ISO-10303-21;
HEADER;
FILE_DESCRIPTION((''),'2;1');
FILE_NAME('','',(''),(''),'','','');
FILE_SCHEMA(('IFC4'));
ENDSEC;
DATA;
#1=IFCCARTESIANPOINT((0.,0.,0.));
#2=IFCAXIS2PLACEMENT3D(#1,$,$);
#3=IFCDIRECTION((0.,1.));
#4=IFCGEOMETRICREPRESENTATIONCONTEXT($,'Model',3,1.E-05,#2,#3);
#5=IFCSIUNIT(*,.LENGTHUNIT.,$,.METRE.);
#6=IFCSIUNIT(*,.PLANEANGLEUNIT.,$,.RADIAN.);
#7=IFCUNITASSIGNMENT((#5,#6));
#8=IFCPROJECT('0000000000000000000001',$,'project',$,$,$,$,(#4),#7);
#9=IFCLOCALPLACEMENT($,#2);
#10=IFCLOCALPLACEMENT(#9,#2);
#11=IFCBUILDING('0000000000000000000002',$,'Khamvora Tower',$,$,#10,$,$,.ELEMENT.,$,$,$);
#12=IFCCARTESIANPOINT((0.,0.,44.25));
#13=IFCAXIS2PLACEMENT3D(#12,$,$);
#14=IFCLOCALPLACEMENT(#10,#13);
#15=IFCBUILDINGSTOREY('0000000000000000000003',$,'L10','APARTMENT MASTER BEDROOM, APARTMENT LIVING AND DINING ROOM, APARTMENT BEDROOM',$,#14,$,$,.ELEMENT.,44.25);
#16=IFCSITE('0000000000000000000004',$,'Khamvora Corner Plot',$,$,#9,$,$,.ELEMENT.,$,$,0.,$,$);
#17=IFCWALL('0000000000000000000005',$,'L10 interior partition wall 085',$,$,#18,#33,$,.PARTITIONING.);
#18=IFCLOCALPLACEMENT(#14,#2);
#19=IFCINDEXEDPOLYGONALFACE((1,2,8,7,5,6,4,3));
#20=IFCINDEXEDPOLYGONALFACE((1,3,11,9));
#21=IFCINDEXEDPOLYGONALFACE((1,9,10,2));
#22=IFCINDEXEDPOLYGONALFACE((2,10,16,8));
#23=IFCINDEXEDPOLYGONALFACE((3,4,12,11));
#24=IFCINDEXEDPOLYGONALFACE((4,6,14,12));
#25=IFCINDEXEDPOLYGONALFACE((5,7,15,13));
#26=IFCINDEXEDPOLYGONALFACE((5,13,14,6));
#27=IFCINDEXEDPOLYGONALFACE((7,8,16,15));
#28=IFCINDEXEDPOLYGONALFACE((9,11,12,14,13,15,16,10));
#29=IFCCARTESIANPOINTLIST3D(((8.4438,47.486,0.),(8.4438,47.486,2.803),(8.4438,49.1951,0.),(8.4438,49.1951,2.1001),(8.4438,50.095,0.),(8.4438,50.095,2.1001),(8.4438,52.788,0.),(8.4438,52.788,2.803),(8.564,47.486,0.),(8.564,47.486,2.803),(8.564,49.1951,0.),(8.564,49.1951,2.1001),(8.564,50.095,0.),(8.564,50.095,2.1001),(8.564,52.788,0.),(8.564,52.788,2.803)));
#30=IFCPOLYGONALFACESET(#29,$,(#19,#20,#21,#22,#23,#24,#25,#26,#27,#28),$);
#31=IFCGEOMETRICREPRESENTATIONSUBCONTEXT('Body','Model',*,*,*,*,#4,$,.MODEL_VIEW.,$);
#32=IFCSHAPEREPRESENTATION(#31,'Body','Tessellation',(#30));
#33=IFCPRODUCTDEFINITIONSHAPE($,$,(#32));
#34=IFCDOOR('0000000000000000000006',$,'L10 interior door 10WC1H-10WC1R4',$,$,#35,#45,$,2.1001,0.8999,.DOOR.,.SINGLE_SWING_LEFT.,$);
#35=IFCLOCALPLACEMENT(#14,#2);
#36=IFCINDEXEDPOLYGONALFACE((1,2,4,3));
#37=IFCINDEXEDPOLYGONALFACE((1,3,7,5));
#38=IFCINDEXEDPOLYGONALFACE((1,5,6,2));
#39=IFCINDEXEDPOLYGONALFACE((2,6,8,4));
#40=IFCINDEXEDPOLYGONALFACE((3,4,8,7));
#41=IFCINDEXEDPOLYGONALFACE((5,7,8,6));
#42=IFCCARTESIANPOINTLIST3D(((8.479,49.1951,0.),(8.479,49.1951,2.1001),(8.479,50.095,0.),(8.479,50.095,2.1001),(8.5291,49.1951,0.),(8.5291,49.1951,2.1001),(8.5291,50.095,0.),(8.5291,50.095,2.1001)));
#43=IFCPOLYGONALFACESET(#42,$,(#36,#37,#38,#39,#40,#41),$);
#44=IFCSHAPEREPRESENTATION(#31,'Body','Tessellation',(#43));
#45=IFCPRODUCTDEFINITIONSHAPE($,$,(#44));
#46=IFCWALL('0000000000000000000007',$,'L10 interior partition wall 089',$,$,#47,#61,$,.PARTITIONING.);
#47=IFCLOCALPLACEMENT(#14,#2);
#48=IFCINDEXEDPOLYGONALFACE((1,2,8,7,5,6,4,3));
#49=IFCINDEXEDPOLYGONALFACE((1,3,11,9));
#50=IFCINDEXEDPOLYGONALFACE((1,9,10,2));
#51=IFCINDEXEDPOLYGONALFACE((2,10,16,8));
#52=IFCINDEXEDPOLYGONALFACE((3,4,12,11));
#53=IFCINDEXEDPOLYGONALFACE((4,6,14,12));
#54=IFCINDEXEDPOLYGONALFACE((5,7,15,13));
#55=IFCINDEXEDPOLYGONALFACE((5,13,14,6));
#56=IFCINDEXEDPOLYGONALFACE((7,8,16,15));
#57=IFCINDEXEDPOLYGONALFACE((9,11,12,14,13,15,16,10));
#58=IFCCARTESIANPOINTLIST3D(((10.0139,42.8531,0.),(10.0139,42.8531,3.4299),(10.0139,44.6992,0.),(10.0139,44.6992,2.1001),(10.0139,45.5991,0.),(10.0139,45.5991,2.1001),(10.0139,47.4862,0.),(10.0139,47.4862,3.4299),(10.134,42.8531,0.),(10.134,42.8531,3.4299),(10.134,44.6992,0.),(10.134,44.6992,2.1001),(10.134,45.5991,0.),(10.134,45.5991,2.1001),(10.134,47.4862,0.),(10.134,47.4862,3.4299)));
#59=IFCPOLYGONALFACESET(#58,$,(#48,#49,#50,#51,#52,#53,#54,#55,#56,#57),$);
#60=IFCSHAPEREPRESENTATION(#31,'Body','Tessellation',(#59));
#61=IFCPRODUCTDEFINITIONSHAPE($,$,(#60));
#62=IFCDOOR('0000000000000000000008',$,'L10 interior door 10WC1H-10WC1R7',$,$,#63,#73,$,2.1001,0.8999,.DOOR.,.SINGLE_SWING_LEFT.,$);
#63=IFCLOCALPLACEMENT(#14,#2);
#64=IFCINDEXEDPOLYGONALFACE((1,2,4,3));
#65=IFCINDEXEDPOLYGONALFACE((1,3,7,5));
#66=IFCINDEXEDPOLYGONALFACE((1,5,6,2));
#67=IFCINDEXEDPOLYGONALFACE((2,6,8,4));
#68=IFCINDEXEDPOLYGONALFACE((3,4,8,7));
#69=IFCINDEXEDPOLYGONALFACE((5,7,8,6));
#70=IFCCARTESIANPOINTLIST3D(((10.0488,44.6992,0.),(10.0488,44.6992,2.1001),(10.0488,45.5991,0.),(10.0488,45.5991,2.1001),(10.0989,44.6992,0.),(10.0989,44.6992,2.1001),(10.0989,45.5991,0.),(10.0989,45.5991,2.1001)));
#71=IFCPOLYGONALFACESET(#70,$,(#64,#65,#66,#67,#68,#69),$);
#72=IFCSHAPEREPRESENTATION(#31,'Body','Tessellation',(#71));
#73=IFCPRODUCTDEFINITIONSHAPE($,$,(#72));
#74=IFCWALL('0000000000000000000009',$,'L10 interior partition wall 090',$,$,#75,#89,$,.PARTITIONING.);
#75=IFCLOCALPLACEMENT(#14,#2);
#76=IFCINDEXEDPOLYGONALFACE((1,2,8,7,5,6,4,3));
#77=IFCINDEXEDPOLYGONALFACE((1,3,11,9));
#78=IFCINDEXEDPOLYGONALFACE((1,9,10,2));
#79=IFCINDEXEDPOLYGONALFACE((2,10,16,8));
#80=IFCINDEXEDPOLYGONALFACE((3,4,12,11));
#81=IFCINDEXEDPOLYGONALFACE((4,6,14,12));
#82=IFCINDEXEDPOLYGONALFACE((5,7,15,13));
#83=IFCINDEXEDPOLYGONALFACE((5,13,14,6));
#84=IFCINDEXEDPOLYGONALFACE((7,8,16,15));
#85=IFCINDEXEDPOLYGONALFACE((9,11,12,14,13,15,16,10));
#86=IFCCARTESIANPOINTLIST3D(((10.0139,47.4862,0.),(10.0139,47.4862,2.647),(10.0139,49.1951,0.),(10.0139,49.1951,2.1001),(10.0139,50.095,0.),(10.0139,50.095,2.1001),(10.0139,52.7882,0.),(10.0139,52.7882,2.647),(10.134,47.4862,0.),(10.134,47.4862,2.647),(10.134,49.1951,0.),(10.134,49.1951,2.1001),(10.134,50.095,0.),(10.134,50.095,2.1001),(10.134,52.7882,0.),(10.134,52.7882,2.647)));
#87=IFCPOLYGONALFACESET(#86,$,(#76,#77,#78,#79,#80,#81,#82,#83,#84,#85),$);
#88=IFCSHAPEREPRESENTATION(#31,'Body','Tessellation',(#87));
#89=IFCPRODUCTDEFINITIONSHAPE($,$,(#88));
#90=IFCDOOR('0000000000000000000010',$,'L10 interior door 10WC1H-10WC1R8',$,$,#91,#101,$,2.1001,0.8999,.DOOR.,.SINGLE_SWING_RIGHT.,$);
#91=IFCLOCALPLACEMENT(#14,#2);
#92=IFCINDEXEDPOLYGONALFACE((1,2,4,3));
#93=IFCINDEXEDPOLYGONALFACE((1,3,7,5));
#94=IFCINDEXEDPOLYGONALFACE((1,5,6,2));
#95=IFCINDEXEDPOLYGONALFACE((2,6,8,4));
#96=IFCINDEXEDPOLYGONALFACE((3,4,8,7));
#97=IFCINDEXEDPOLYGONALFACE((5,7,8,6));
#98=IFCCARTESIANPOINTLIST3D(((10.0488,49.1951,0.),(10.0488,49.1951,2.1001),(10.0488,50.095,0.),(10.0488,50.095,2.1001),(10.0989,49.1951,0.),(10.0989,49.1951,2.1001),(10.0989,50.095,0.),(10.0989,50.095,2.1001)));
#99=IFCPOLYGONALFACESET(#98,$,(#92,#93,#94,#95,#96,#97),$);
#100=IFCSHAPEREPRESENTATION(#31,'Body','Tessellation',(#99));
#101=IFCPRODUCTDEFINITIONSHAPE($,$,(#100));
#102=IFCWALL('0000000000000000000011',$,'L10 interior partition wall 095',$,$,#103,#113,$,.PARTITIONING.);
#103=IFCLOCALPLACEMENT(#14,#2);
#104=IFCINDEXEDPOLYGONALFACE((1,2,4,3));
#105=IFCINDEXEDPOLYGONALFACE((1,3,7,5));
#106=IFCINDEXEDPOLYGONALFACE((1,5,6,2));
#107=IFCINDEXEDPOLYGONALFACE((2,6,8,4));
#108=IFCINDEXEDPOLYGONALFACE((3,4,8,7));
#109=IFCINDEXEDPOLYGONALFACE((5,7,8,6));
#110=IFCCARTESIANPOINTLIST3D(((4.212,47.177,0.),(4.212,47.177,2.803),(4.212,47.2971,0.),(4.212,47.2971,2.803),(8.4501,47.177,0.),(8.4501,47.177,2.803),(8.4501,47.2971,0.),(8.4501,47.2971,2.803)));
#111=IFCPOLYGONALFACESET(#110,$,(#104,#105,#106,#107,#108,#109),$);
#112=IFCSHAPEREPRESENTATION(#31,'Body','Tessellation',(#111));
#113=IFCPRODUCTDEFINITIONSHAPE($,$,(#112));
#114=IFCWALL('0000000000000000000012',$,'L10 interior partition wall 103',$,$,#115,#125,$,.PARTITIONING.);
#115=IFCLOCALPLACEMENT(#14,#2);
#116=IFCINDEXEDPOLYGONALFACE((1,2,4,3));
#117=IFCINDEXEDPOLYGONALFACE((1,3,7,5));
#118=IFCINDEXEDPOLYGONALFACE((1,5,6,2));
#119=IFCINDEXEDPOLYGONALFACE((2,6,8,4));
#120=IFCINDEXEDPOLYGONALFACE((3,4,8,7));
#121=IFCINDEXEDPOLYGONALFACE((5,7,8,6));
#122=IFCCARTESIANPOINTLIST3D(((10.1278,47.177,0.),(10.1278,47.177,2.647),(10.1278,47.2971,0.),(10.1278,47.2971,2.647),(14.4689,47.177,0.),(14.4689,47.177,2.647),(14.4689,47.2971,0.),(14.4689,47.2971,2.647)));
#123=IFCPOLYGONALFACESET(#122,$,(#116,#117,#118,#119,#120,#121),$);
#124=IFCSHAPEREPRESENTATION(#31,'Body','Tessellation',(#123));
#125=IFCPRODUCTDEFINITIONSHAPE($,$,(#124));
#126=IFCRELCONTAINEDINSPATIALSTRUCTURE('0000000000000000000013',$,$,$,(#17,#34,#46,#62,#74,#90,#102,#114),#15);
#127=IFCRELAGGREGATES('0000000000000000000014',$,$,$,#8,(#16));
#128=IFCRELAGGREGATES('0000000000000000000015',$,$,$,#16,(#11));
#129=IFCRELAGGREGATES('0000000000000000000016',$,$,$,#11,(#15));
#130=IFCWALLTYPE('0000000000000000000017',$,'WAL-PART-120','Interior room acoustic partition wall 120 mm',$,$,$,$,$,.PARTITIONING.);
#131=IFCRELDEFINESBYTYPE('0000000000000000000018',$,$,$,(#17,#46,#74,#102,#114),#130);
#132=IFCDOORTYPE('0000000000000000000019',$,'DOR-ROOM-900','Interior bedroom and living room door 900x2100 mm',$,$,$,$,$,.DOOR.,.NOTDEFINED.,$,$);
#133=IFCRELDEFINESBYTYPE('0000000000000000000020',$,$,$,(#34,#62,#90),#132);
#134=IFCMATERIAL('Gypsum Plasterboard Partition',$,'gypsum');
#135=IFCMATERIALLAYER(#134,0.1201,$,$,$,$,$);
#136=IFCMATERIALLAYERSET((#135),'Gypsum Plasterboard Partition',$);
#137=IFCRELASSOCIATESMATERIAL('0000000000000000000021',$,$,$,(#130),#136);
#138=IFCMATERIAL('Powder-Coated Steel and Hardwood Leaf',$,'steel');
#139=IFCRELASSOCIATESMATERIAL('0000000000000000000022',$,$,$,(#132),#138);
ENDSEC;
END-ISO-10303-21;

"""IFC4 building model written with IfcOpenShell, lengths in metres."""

from ifc_helpers import new_model, si_unit, direction, frame, frame_2d, origin, place, context, subcontext, project, spatial, rectangle, extrude, material, layer, layer_set, type_object, element, fill, save


model = new_model("IFC4")

# Units and contexts
model_context = context("Model", 3, precision=1e-05, world=origin(), true_north=direction((0.0, 1.0)))
body_context = subcontext(model_context, "Body", "Model", "MODEL_VIEW")
ifc_project = project(units=[si_unit("LENGTHUNIT", "METRE"), si_unit("PLANEANGLEUNIT", "RADIAN")], contexts=[model_context])

# Site, building, storey
site_placement = place(None, origin())
site = spatial("IfcSite", under=ifc_project, at=site_placement, Name="Khamvora Corner Plot", CompositionType="ELEMENT", RefElevation=0.0)
building_placement = place(site_placement, origin())
building = spatial("IfcBuilding", under=site, at=building_placement, Name="Khamvora Tower", CompositionType="ELEMENT")
storey_placement = place(building_placement, frame((0.0, 0.0, 44.25)))
storey = spatial("IfcBuildingStorey", under=building, at=storey_placement, Name="L10", Description="APARTMENT MASTER BEDROOM, APARTMENT LIVING AND DINING ROOM, APARTMENT BEDROOM", CompositionType="ELEMENT", Elevation=44.25)

# Walls, openings, doors
ifc_material_1 = material(Name="Gypsum Plasterboard Partition", Category="gypsum")
ifc_layer_1 = layer(ifc_material_1, 0.1201)
ifc_layer_set_1 = layer_set([ifc_layer_1], Name="Gypsum Plasterboard Partition")
wall_type_1 = type_object("IfcWallType", Name="WAL-PART-120", Description="Interior room acoustic partition wall 120 mm", PredefinedType="PARTITIONING", material=ifc_layer_set_1)
wall_1_placement = place(storey_placement, frame((8.5039, 47.4861, 0.0), z_axis=(0.0, 0.0, 1.0), x_axis=(0.0, 1.0, 0.0)))
wall_1 = element("IfcWall", 1, at=wall_1_placement, inside=storey, type_object=wall_type_1, Name="L10 interior partition wall 085", PredefinedType="PARTITIONING", context=body_context, shape_type="SweptSolid", body=[
    extrude(rectangle(XDim=5.302, YDim=0.1201, at=frame_2d((2.6509, 0.0))), origin(), (0.0, 0.0, 1.0), 2.803),
])
opening_1_placement = place(wall_1_placement, frame((1.709, 0.0, 0.0)))
opening_1 = element("IfcOpeningElement", 2, at=opening_1_placement, cuts=wall_1, PredefinedType="OPENING", context=body_context, shape_type="SweptSolid", body=[
    extrude(rectangle(XDim=0.8999, YDim=2.1001, at=frame_2d((0.45, 1.05))), frame((0.0, 0.0701, 0.0), z_axis=(0.0, -1.0, 0.0), x_axis=(1.0, 0.0, 0.0)), (0.0, 0.0, 1.0), 0.1401),
])
ifc_material_2 = material(Name="Powder-Coated Steel and Hardwood Leaf", Category="steel")
door_type = type_object("IfcDoorType", Name="DOR-ROOM-900", Description="Interior bedroom and living room door 900x2100 mm", OperationType="NOTDEFINED", PredefinedType="DOOR", material=ifc_material_2)
door_1_placement = place(opening_1_placement, origin())
door_1 = element("IfcDoor", 3, at=door_1_placement, inside=storey, type_object=door_type, Name="L10 interior door 10WC1H-10WC1R4", OperationType="SINGLE_SWING_LEFT", OverallHeight=2.1001, OverallWidth=0.8999, PredefinedType="DOOR", context=body_context, shape_type="SweptSolid", body=[
    extrude(rectangle(XDim=0.8999, YDim=2.1001, at=frame_2d((0.45, 1.05))), frame((0.0, 0.0249, 0.0), z_axis=(0.0, -1.0, 0.0), x_axis=(1.0, 0.0, 0.0)), (0.0, 0.0, 1.0), 0.05),
])
fill(opening_1, door_1)
wall_2_placement = place(storey_placement, frame((10.074, 47.4861, 0.0), z_axis=(0.0, 0.0, 1.0), x_axis=(0.0, -1.0, 0.0)))
wall_2 = element("IfcWall", 4, at=wall_2_placement, inside=storey, type_object=wall_type_1, Name="L10 interior partition wall 089", PredefinedType="PARTITIONING", context=body_context, shape_type="SweptSolid", body=[
    extrude(rectangle(XDim=4.6331, YDim=0.1201, at=frame_2d((2.3164, 0.0))), origin(), (0.0, 0.0, 1.0), 3.4299),
])
opening_2_placement = place(wall_2_placement, frame((1.887, 0.0, 0.0)))
opening_2 = element("IfcOpeningElement", 5, at=opening_2_placement, cuts=wall_2, PredefinedType="OPENING", context=body_context, shape_type="SweptSolid", body=[
    extrude(rectangle(XDim=0.8999, YDim=2.1001, at=frame_2d((0.45, 1.05))), frame((0.0, 0.0701, 0.0), z_axis=(0.0, -1.0, 0.0), x_axis=(1.0, 0.0, 0.0)), (0.0, 0.0, 1.0), 0.1401),
])
door_2_placement = place(opening_2_placement, origin())
door_2 = element("IfcDoor", 6, at=door_2_placement, inside=storey, type_object=door_type, Name="L10 interior door 10WC1H-10WC1R7", OperationType="SINGLE_SWING_LEFT", OverallHeight=2.1001, OverallWidth=0.8999, PredefinedType="DOOR", context=body_context, shape_type="SweptSolid", body=[
    extrude(rectangle(XDim=0.8999, YDim=2.1001, at=frame_2d((0.45, 1.05))), frame((0.0, 0.0249, 0.0), z_axis=(0.0, -1.0, 0.0), x_axis=(1.0, 0.0, 0.0)), (0.0, 0.0, 1.0), 0.05),
])
fill(opening_2, door_2)
wall_3_placement = place(storey_placement, frame((10.074, 52.7881, 0.0), z_axis=(0.0, 0.0, 1.0), x_axis=(0.0, -1.0, 0.0)))
wall_3 = element("IfcWall", 7, at=wall_3_placement, inside=storey, type_object=wall_type_1, Name="L10 interior partition wall 090", PredefinedType="PARTITIONING", context=body_context, shape_type="SweptSolid", body=[
    extrude(rectangle(XDim=5.302, YDim=0.1201, at=frame_2d((2.6509, 0.0))), origin(), (0.0, 0.0, 1.0), 2.647),
])
opening_3_placement = place(wall_3_placement, frame((2.6931, 0.0, 0.0)))
opening_3 = element("IfcOpeningElement", 8, at=opening_3_placement, cuts=wall_3, PredefinedType="OPENING", context=body_context, shape_type="SweptSolid", body=[
    extrude(rectangle(XDim=0.8999, YDim=2.1001, at=frame_2d((0.45, 1.05))), frame((0.0, 0.0701, 0.0), z_axis=(0.0, -1.0, 0.0), x_axis=(1.0, 0.0, 0.0)), (0.0, 0.0, 1.0), 0.1401),
])
door_3_placement = place(opening_3_placement, origin())
door_3 = element("IfcDoor", 9, at=door_3_placement, inside=storey, type_object=door_type, Name="L10 interior door 10WC1H-10WC1R8", OperationType="SINGLE_SWING_RIGHT", OverallHeight=2.1001, OverallWidth=0.8999, PredefinedType="DOOR", context=body_context, shape_type="SweptSolid", body=[
    extrude(rectangle(XDim=0.8999, YDim=2.1001, at=frame_2d((0.45, 1.05))), frame((0.0, 0.0249, 0.0), z_axis=(0.0, -1.0, 0.0), x_axis=(1.0, 0.0, 0.0)), (0.0, 0.0, 1.0), 0.05),
])
fill(opening_3, door_3)

# Walls
wall_4_placement = place(storey_placement, frame((4.2119, 47.2371, 0.0), z_axis=(0.0, 0.0, 1.0), x_axis=(1.0, 0.0, 0.0)))
element("IfcWall", 10, at=wall_4_placement, inside=storey, type_object=wall_type_1, Name="L10 interior partition wall 095", PredefinedType="PARTITIONING", context=body_context, shape_type="SweptSolid", body=[
    extrude(rectangle(XDim=4.238, YDim=0.1201, at=frame_2d((2.1191, 0.0))), origin(), (0.0, 0.0, 1.0), 2.803),
])
wall_5_placement = place(storey_placement, frame((10.1279, 47.2371, 0.0), z_axis=(0.0, 0.0, 1.0), x_axis=(1.0, 0.0, 0.0)))
element("IfcWall", 11, at=wall_5_placement, inside=storey, type_object=wall_type_1, Name="L10 interior partition wall 103", PredefinedType="PARTITIONING", context=body_context, shape_type="SweptSolid", body=[
    extrude(rectangle(XDim=4.3411, YDim=0.1201, at=frame_2d((2.1704, 0.0))), origin(), (0.0, 0.0, 1.0), 2.647),
])

save(model, "model.ifc")
